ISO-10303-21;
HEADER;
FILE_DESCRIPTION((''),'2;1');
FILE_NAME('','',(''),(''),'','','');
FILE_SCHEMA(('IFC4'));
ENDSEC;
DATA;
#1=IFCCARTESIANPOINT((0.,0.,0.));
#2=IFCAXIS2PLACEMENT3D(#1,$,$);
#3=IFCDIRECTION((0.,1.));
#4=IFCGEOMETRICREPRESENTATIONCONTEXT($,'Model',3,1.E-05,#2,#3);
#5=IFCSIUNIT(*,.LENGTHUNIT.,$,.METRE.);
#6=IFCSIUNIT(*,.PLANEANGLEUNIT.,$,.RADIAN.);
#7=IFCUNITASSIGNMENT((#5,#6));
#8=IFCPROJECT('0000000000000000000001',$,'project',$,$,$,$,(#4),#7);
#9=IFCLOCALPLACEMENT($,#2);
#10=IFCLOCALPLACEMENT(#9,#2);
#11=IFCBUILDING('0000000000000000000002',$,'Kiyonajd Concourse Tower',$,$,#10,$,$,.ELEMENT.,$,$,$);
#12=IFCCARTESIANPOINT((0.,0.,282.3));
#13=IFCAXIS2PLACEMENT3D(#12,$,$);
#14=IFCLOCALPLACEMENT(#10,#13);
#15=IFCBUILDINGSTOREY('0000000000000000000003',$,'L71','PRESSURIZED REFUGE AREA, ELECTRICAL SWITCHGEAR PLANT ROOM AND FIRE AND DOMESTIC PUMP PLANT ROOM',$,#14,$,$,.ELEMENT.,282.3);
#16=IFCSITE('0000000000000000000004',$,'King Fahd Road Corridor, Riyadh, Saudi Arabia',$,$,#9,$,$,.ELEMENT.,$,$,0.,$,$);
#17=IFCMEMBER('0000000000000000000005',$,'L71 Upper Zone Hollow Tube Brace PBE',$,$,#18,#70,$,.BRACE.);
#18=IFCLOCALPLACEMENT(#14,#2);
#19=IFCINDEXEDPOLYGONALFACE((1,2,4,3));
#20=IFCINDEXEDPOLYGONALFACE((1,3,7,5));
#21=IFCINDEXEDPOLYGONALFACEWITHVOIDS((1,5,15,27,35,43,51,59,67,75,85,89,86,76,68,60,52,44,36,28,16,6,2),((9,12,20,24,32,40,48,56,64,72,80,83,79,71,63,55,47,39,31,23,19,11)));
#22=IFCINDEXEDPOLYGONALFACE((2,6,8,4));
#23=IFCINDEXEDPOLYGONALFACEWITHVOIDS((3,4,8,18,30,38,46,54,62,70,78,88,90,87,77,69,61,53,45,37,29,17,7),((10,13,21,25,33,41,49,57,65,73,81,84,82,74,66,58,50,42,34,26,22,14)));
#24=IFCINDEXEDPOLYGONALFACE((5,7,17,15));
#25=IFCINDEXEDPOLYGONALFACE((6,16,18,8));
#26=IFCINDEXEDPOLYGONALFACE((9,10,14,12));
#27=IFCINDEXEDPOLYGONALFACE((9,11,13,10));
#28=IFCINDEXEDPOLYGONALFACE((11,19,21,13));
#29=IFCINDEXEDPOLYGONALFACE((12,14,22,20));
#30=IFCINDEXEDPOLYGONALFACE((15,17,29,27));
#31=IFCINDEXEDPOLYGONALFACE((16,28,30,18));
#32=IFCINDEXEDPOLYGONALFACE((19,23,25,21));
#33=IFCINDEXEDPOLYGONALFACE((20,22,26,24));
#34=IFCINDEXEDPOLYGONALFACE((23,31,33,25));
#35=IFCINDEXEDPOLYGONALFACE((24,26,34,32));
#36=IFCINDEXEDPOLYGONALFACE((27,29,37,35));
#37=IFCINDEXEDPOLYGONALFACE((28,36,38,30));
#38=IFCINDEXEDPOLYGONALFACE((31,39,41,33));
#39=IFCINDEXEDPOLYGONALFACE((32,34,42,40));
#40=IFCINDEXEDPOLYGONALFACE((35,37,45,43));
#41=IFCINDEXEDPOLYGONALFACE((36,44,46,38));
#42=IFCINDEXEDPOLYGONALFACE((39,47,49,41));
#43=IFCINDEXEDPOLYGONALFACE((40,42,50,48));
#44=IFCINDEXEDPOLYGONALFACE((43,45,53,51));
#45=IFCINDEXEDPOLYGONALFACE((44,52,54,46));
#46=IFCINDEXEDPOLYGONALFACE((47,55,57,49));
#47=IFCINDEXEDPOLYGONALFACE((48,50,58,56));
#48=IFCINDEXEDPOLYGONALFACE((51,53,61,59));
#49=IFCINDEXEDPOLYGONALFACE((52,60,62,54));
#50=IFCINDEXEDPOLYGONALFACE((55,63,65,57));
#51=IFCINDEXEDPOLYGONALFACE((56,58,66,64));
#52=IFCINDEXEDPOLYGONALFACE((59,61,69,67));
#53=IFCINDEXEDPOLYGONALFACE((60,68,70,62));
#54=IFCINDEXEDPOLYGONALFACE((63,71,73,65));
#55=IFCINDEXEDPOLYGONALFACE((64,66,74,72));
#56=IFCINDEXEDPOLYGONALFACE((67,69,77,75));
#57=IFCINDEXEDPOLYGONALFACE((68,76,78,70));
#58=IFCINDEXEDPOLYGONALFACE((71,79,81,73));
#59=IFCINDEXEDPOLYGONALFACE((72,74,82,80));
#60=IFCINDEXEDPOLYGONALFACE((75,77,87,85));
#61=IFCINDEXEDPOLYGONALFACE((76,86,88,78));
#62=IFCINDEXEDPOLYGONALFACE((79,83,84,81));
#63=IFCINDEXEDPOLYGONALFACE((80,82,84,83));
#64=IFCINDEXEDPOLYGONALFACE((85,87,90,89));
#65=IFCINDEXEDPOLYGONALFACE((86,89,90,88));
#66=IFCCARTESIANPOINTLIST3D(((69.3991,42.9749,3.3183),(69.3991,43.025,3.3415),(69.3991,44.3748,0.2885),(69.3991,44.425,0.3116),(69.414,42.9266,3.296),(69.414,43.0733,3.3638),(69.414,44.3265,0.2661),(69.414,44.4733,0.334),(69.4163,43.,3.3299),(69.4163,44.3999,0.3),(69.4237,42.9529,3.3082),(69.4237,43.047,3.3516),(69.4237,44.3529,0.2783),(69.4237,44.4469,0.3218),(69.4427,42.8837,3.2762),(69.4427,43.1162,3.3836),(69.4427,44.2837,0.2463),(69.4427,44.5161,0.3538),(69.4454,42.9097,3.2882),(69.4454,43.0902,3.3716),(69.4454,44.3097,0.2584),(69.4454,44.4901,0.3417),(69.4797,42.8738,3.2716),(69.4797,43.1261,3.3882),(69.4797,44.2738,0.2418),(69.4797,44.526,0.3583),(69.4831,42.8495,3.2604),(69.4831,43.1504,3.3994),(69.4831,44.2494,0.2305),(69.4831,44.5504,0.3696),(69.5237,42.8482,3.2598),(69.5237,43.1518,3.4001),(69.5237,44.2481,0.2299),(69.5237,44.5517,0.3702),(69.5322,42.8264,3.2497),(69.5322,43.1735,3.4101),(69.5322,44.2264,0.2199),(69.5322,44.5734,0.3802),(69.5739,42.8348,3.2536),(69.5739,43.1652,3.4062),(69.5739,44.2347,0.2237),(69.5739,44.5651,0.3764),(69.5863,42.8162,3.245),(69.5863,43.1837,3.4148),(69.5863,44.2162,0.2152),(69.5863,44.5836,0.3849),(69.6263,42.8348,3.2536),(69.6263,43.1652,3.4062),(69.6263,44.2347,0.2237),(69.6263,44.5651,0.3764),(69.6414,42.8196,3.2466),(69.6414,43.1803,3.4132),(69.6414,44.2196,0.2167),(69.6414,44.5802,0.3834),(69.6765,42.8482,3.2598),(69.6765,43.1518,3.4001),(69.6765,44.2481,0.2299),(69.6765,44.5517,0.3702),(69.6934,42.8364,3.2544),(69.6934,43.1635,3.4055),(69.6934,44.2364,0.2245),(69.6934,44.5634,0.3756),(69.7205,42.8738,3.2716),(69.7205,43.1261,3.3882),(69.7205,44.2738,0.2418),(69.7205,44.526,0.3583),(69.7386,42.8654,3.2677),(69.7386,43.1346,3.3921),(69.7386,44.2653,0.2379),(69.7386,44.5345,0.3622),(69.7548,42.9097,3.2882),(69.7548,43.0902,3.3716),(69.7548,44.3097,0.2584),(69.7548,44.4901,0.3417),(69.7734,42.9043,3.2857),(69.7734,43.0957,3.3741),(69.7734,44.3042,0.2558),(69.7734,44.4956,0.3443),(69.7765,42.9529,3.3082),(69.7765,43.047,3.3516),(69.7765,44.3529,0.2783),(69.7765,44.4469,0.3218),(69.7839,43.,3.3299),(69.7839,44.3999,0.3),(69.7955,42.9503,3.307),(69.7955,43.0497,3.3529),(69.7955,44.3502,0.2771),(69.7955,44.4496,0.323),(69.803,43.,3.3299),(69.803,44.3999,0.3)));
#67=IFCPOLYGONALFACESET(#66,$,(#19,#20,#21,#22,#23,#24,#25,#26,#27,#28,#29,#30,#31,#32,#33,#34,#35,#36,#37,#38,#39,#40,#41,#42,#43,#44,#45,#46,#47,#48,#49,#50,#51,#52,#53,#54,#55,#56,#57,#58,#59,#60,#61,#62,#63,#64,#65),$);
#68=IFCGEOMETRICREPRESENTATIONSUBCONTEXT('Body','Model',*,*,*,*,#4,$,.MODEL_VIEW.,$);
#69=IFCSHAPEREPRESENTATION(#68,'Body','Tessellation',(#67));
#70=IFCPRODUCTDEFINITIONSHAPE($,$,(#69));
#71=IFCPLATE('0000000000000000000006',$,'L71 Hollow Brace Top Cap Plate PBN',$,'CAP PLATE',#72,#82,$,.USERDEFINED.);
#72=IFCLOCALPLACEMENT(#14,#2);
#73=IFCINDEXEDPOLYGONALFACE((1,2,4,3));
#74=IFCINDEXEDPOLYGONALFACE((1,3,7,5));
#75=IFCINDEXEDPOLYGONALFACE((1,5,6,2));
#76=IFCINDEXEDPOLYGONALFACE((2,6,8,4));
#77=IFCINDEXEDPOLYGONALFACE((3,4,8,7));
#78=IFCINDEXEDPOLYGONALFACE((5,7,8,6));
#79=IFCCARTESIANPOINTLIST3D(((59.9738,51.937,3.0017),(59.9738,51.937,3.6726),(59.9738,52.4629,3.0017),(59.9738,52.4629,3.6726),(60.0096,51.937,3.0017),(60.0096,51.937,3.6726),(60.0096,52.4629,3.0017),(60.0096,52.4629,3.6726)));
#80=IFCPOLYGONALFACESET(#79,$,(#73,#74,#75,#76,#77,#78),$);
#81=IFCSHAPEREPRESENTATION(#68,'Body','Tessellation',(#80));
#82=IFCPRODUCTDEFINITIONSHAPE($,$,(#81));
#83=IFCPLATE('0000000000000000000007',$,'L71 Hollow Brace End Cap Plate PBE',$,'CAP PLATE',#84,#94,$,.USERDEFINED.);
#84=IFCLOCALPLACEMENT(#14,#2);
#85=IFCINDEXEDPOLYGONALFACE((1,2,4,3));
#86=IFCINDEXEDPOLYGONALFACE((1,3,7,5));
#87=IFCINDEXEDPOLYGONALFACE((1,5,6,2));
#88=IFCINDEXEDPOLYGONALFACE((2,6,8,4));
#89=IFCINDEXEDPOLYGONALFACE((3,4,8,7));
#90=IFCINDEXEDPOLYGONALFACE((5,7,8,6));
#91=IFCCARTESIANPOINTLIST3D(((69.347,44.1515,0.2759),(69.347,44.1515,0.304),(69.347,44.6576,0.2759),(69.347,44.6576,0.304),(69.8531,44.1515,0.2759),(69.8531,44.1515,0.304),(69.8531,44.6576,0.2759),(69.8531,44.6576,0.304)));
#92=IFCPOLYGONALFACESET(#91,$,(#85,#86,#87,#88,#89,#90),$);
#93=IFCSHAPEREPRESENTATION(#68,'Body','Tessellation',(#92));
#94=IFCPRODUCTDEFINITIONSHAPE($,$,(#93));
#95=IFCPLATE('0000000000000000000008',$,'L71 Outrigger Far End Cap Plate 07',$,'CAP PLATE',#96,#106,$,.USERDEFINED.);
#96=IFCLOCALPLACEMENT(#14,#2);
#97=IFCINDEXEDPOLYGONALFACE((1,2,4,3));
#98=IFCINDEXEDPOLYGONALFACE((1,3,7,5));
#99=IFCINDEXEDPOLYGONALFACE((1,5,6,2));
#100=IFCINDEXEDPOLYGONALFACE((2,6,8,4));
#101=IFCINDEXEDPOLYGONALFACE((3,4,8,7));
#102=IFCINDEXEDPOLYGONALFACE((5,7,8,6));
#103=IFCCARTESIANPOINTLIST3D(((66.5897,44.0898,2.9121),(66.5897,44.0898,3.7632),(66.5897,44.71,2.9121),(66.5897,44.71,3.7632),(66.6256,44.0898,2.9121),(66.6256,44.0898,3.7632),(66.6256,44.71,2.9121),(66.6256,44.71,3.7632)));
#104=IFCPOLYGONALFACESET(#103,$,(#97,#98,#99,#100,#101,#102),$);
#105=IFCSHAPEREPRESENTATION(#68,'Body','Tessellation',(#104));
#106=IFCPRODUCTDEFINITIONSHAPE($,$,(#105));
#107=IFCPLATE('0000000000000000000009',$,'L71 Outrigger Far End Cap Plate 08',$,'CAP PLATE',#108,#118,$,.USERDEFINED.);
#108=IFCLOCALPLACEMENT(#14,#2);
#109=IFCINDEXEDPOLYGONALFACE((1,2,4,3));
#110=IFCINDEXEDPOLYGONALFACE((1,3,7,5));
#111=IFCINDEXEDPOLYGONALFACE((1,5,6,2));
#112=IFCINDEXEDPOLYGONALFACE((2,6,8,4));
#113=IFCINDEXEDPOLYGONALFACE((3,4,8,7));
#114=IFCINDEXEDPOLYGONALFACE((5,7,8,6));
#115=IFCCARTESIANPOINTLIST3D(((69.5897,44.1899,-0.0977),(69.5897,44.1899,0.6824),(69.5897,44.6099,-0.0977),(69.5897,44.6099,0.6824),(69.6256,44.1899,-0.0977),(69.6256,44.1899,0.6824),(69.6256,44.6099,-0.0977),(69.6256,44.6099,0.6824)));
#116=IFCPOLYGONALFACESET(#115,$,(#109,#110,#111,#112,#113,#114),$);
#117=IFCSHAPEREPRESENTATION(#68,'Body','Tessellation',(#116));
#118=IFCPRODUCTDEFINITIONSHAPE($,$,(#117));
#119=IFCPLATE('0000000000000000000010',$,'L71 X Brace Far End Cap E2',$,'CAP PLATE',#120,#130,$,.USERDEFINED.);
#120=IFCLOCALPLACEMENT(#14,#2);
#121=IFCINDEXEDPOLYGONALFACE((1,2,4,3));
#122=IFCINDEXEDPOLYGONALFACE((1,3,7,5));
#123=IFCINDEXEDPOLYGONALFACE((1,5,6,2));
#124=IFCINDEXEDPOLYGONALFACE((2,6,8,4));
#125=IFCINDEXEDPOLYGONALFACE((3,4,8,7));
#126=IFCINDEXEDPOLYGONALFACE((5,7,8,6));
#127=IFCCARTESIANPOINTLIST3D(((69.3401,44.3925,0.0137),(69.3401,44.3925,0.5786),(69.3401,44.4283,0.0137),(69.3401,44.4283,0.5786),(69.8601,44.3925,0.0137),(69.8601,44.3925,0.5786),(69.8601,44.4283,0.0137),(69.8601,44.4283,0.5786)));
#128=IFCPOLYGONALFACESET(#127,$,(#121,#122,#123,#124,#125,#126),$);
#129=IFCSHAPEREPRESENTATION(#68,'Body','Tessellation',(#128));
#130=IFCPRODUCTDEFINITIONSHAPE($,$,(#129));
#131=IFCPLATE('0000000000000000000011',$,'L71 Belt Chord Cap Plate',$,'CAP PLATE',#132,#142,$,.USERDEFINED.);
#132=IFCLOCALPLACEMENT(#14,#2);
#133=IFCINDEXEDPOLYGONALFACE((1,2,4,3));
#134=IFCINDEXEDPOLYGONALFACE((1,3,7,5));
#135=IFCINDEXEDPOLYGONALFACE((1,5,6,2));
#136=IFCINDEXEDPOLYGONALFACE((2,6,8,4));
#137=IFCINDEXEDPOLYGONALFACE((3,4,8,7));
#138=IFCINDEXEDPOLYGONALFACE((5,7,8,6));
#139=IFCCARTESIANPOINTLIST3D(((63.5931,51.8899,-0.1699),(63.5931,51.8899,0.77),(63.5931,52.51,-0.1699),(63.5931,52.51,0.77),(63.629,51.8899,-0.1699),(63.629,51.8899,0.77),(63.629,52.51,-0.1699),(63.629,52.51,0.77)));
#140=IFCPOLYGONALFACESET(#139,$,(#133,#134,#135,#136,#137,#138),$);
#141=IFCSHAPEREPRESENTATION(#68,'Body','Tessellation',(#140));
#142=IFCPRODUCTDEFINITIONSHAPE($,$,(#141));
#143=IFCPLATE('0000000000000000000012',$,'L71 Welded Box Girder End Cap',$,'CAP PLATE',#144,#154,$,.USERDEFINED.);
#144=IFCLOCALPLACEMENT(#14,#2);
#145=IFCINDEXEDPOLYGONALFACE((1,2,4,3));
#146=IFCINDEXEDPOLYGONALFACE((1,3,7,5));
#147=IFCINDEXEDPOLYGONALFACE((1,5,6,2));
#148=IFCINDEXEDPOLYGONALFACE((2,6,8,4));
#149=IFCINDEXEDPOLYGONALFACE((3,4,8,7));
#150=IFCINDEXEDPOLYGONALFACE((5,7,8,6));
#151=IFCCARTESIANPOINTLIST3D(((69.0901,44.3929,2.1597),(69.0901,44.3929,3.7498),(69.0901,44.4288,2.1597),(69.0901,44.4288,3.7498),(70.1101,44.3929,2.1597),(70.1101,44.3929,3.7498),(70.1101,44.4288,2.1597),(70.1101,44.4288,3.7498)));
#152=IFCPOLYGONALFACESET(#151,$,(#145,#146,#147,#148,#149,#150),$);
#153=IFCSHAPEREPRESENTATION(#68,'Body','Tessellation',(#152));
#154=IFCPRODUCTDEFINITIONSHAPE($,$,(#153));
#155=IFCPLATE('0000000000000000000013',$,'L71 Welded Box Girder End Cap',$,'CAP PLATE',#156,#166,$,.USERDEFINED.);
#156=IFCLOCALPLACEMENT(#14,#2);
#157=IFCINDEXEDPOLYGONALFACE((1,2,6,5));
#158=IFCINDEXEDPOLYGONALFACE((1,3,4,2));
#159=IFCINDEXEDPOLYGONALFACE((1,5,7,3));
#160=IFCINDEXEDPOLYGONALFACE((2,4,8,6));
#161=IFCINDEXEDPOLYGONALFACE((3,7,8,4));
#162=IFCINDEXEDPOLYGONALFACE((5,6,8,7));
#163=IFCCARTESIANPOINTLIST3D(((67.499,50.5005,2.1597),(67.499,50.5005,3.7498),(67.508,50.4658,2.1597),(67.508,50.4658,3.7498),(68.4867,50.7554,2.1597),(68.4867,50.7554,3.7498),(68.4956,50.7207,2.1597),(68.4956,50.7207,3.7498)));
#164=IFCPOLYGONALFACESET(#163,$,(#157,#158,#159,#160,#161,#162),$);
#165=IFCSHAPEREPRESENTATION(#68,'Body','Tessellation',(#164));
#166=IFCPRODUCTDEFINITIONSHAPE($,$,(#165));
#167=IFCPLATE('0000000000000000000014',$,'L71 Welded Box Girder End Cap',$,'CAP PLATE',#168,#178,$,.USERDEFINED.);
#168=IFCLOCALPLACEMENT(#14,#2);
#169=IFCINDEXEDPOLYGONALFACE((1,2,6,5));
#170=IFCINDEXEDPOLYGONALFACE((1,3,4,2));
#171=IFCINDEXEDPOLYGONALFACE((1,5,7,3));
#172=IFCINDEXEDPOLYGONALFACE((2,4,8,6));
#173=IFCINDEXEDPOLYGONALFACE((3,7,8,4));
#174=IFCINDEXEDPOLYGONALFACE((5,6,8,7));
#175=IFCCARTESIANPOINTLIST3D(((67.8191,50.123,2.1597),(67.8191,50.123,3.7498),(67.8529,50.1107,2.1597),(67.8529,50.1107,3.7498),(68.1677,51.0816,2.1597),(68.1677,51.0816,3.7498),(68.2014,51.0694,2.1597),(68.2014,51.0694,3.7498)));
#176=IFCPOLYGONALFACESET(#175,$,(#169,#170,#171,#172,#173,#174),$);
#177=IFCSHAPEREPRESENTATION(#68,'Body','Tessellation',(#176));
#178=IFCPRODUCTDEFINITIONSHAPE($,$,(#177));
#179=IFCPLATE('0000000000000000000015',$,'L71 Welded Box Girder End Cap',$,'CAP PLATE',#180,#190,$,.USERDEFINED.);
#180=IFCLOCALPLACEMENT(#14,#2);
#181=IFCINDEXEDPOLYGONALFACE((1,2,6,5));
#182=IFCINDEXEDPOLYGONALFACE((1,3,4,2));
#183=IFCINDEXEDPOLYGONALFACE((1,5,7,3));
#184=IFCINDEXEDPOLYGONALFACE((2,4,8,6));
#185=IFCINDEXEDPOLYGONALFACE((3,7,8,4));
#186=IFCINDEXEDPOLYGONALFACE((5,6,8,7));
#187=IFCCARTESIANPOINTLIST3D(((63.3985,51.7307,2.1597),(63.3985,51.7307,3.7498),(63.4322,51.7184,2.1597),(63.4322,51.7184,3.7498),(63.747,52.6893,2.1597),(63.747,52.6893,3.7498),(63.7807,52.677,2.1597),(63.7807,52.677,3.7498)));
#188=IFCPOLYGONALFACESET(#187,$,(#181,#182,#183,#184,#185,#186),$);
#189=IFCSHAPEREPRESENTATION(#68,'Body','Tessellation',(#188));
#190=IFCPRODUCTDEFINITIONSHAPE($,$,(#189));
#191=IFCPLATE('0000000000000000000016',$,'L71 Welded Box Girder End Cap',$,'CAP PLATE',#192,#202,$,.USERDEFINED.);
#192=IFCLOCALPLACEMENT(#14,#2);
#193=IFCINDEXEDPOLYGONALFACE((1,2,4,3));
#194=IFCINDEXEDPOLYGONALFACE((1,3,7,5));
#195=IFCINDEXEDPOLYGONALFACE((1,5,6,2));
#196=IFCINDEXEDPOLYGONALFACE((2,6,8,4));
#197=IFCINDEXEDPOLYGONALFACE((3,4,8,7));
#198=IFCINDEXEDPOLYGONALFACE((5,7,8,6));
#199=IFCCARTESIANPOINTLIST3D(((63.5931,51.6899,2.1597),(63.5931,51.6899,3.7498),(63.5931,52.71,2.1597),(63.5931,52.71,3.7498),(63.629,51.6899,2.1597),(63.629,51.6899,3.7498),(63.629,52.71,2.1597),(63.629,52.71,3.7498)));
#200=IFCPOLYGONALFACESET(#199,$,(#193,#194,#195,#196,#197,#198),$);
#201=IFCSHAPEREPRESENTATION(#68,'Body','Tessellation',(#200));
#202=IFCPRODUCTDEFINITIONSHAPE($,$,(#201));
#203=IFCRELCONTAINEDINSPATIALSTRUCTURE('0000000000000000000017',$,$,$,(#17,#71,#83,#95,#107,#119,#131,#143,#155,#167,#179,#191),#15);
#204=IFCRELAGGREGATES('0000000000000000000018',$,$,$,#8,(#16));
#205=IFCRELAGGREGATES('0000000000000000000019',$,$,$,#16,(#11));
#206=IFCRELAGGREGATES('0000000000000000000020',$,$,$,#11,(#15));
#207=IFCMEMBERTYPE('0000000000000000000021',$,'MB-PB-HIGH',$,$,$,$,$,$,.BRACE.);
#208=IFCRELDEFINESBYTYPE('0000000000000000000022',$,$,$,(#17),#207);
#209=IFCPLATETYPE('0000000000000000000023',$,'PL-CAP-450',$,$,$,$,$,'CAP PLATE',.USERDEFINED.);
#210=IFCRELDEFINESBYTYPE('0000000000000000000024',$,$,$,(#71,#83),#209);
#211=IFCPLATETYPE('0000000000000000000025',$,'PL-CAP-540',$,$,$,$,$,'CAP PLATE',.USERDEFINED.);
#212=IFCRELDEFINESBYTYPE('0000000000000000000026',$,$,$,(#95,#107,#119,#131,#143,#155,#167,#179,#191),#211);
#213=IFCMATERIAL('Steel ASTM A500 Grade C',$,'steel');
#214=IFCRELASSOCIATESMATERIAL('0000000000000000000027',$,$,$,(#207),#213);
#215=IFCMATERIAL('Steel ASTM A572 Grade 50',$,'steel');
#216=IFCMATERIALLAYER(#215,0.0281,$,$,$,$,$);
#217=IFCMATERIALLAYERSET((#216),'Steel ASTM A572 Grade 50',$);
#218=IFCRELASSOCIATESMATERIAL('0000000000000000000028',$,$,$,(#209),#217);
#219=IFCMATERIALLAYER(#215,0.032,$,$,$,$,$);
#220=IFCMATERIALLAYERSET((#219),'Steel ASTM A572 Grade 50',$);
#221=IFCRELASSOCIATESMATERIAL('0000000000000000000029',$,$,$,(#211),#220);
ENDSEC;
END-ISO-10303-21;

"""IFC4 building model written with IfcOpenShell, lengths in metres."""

from ifc_helpers import new_model, si_unit, direction, frame, origin, origin_2d, place, context, subcontext, project, spatial, rectangle, hollow_circle, extrude, material, layer, layer_set, material_profile, profile_set, type_object, element, save


model = new_model("IFC4")

# Units and contexts
model_context = context("Model", 3, precision=1e-05, world=origin(), true_north=direction((0.0, 1.0)))
body_context = subcontext(model_context, "Body", "Model", "MODEL_VIEW")
ifc_project = project(units=[si_unit("LENGTHUNIT", "METRE"), si_unit("PLANEANGLEUNIT", "RADIAN")], contexts=[model_context])

# Site, building, storey
site_placement = place(None, origin())
site = spatial("IfcSite", under=ifc_project, at=site_placement, Name="King Fahd Road Corridor, Riyadh, Saudi Arabia", CompositionType="ELEMENT", RefElevation=0.0)
building_placement = place(site_placement, origin())
building = spatial("IfcBuilding", under=site, at=building_placement, Name="Kiyonajd Concourse Tower", CompositionType="ELEMENT")
storey_placement = place(building_placement, frame((0.0, 0.0, 282.3)))
storey = spatial("IfcBuildingStorey", under=building, at=storey_placement, Name="L71", Description="PRESSURIZED REFUGE AREA, ELECTRICAL SWITCHGEAR PLANT ROOM AND FIRE AND DOMESTIC PUMP PLANT ROOM", CompositionType="ELEMENT", Elevation=282.3)

# Shared definitions
ifc_material_1 = material(Name="Steel ASTM A572 Grade 50", Category="steel")

# Member
ifc_material_2 = material(Name="Steel ASTM A500 Grade C", Category="steel")
ifc_material_profile_1 = material_profile(ifc_material_2, hollow_circle(Radius=0.2029, WallThickness=0.019, at=origin_2d()), Name="CHS-406x19")
ifc_profile_set_1 = profile_set([ifc_material_profile_1], Name="Steel ASTM A500 Grade C")
member_type = type_object("IfcMemberType", Name="MB-PB-HIGH", PredefinedType="BRACE", material=ifc_profile_set_1)
member_1_placement = place(storey_placement, frame((69.6001, 44.3999, 0.3), z_axis=(0.0, -0.419439, 0.907784), x_axis=(1.0, 0.0, 0.0)))
element("IfcMember", 1, at=member_1_placement, inside=storey, type_object=member_type, Name="L71 Upper Zone Hollow Tube Brace PBE", PredefinedType="BRACE", context=body_context, shape_type="SweptSolid", body=[
    extrude(hollow_circle(Radius=0.2029, WallThickness=0.019, at=origin_2d()), origin(), (0.0, 0.0, 1.0), 3.3376),
])

# Plates
ifc_layer_1 = layer(ifc_material_1, 0.0281)
ifc_layer_set_1 = layer_set([ifc_layer_1], Name="Steel ASTM A572 Grade 50")
plate_type_1 = type_object("IfcPlateType", Name="PL-CAP-450", ElementType="CAP PLATE", PredefinedType="USERDEFINED", material=ifc_layer_set_1)
plate_1_placement = place(storey_placement, frame((59.9917, 52.2, 3.0017), z_axis=(0.0, 0.0, 1.0), x_axis=(-1.0, 0.0, 0.0)))
element("IfcPlate", 2, at=plate_1_placement, inside=storey, type_object=plate_type_1, Name="L71 Hollow Brace Top Cap Plate PBN", ObjectType="CAP PLATE", PredefinedType="USERDEFINED", context=body_context, shape_type="SweptSolid", body=[
    extrude(rectangle(XDim=0.0359, YDim=0.5259, at=origin_2d()), origin(), (0.0, 0.0, 1.0), 0.6709),
])
plate_2_placement = place(storey_placement, frame((69.6001, 44.4045, 0.2759), z_axis=(0.0, 0.0, 1.0), x_axis=(1.0, 0.0, 0.0)))
element("IfcPlate", 3, at=plate_2_placement, inside=storey, type_object=plate_type_1, Name="L71 Hollow Brace End Cap Plate PBE", ObjectType="CAP PLATE", PredefinedType="USERDEFINED", context=body_context, shape_type="SweptSolid", body=[
    extrude(rectangle(XDim=0.5061, YDim=0.5061, at=origin_2d()), origin(), (0.0, 0.0, 1.0), 0.0281),
])
ifc_layer_2 = layer(ifc_material_1, 0.032)
ifc_layer_set_2 = layer_set([ifc_layer_2], Name="Steel ASTM A572 Grade 50")
plate_type_2 = type_object("IfcPlateType", Name="PL-CAP-540", ElementType="CAP PLATE", PredefinedType="USERDEFINED", material=ifc_layer_set_2)
plate_3_placement = place(storey_placement, frame((66.6077, 44.3999, 2.9121), z_axis=(0.0, 0.0, 1.0), x_axis=(1.0, 0.0, 0.0)))
element("IfcPlate", 4, at=plate_3_placement, inside=storey, type_object=plate_type_2, Name="L71 Outrigger Far End Cap Plate 07", ObjectType="CAP PLATE", PredefinedType="USERDEFINED", context=body_context, shape_type="SweptSolid", body=[
    extrude(rectangle(XDim=0.0359, YDim=0.6201, at=origin_2d()), origin(), (0.0, 0.0, 1.0), 0.8511),
])
plate_4_placement = place(storey_placement, frame((69.6077, 44.3999, -0.0977), z_axis=(0.0, 0.0, 1.0), x_axis=(1.0, 0.0, 0.0)))
element("IfcPlate", 5, at=plate_4_placement, inside=storey, type_object=plate_type_2, Name="L71 Outrigger Far End Cap Plate 08", ObjectType="CAP PLATE", PredefinedType="USERDEFINED", context=body_context, shape_type="SweptSolid", body=[
    extrude(rectangle(XDim=0.0359, YDim=0.4199, at=origin_2d()), origin(), (0.0, 0.0, 1.0), 0.78),
])
plate_5_placement = place(storey_placement, frame((69.6001, 44.4104, 0.0137), z_axis=(0.0, 0.0, 1.0), x_axis=(0.0, 1.0, 0.0)))
element("IfcPlate", 6, at=plate_5_placement, inside=storey, type_object=plate_type_2, Name="L71 X Brace Far End Cap E2", ObjectType="CAP PLATE", PredefinedType="USERDEFINED", context=body_context, shape_type="SweptSolid", body=[
    extrude(rectangle(XDim=0.0359, YDim=0.52, at=origin_2d()), origin(), (0.0, 0.0, 1.0), 0.5649),
])
plate_6_placement = place(storey_placement, frame((63.6111, 52.2, -0.1699), z_axis=(0.0, 0.0, 1.0), x_axis=(1.0, 0.0, 0.0)))
element("IfcPlate", 7, at=plate_6_placement, inside=storey, type_object=plate_type_2, Name="L71 Belt Chord Cap Plate", ObjectType="CAP PLATE", PredefinedType="USERDEFINED", context=body_context, shape_type="SweptSolid", body=[
    extrude(rectangle(XDim=0.0359, YDim=0.6201, at=origin_2d()), origin(), (0.0, 0.0, 1.0), 0.9399),
])
for number, where, z_axis, x_axis, name in (
    (8, (69.6001, 44.4109, 2.1597), (0.0, 0.0, 1.0), (0.0, 1.0, 0.0), "L71 Welded Box Girder End Cap"),
    (9, (67.9973, 50.6106, 2.1597), (0.0, 0.0, 1.0), (-0.249873, 0.968279, 0.0), "L71 Welded Box Girder End Cap"),
    (10, (68.0103, 50.5962, 2.1597), (0.0, 0.0, 1.0), (0.939812, -0.341692, 0.0), "L71 Welded Box Girder End Cap"),
    (11, (63.5896, 52.2039, 2.1597), (0.0, 0.0, 1.0), (-0.939812, 0.341692, 0.0), "L71 Welded Box Girder End Cap"),
    (12, (63.6111, 52.2, 2.1597), (0.0, 0.0, 1.0), (1.0, 0.0, 0.0), "L71 Welded Box Girder End Cap"),
):
    element("IfcPlate", number, at=place(storey_placement, frame(where, z_axis=z_axis, x_axis=x_axis)), inside=storey, type_object=plate_type_2, Name=name, ObjectType="CAP PLATE", PredefinedType="USERDEFINED", context=body_context, shape_type="SweptSolid", body=[
        extrude(rectangle(XDim=0.0359, YDim=1.02, at=origin_2d()), origin(), (0.0, 0.0, 1.0), 1.5901),
    ])

save(model, "model.ifc")
